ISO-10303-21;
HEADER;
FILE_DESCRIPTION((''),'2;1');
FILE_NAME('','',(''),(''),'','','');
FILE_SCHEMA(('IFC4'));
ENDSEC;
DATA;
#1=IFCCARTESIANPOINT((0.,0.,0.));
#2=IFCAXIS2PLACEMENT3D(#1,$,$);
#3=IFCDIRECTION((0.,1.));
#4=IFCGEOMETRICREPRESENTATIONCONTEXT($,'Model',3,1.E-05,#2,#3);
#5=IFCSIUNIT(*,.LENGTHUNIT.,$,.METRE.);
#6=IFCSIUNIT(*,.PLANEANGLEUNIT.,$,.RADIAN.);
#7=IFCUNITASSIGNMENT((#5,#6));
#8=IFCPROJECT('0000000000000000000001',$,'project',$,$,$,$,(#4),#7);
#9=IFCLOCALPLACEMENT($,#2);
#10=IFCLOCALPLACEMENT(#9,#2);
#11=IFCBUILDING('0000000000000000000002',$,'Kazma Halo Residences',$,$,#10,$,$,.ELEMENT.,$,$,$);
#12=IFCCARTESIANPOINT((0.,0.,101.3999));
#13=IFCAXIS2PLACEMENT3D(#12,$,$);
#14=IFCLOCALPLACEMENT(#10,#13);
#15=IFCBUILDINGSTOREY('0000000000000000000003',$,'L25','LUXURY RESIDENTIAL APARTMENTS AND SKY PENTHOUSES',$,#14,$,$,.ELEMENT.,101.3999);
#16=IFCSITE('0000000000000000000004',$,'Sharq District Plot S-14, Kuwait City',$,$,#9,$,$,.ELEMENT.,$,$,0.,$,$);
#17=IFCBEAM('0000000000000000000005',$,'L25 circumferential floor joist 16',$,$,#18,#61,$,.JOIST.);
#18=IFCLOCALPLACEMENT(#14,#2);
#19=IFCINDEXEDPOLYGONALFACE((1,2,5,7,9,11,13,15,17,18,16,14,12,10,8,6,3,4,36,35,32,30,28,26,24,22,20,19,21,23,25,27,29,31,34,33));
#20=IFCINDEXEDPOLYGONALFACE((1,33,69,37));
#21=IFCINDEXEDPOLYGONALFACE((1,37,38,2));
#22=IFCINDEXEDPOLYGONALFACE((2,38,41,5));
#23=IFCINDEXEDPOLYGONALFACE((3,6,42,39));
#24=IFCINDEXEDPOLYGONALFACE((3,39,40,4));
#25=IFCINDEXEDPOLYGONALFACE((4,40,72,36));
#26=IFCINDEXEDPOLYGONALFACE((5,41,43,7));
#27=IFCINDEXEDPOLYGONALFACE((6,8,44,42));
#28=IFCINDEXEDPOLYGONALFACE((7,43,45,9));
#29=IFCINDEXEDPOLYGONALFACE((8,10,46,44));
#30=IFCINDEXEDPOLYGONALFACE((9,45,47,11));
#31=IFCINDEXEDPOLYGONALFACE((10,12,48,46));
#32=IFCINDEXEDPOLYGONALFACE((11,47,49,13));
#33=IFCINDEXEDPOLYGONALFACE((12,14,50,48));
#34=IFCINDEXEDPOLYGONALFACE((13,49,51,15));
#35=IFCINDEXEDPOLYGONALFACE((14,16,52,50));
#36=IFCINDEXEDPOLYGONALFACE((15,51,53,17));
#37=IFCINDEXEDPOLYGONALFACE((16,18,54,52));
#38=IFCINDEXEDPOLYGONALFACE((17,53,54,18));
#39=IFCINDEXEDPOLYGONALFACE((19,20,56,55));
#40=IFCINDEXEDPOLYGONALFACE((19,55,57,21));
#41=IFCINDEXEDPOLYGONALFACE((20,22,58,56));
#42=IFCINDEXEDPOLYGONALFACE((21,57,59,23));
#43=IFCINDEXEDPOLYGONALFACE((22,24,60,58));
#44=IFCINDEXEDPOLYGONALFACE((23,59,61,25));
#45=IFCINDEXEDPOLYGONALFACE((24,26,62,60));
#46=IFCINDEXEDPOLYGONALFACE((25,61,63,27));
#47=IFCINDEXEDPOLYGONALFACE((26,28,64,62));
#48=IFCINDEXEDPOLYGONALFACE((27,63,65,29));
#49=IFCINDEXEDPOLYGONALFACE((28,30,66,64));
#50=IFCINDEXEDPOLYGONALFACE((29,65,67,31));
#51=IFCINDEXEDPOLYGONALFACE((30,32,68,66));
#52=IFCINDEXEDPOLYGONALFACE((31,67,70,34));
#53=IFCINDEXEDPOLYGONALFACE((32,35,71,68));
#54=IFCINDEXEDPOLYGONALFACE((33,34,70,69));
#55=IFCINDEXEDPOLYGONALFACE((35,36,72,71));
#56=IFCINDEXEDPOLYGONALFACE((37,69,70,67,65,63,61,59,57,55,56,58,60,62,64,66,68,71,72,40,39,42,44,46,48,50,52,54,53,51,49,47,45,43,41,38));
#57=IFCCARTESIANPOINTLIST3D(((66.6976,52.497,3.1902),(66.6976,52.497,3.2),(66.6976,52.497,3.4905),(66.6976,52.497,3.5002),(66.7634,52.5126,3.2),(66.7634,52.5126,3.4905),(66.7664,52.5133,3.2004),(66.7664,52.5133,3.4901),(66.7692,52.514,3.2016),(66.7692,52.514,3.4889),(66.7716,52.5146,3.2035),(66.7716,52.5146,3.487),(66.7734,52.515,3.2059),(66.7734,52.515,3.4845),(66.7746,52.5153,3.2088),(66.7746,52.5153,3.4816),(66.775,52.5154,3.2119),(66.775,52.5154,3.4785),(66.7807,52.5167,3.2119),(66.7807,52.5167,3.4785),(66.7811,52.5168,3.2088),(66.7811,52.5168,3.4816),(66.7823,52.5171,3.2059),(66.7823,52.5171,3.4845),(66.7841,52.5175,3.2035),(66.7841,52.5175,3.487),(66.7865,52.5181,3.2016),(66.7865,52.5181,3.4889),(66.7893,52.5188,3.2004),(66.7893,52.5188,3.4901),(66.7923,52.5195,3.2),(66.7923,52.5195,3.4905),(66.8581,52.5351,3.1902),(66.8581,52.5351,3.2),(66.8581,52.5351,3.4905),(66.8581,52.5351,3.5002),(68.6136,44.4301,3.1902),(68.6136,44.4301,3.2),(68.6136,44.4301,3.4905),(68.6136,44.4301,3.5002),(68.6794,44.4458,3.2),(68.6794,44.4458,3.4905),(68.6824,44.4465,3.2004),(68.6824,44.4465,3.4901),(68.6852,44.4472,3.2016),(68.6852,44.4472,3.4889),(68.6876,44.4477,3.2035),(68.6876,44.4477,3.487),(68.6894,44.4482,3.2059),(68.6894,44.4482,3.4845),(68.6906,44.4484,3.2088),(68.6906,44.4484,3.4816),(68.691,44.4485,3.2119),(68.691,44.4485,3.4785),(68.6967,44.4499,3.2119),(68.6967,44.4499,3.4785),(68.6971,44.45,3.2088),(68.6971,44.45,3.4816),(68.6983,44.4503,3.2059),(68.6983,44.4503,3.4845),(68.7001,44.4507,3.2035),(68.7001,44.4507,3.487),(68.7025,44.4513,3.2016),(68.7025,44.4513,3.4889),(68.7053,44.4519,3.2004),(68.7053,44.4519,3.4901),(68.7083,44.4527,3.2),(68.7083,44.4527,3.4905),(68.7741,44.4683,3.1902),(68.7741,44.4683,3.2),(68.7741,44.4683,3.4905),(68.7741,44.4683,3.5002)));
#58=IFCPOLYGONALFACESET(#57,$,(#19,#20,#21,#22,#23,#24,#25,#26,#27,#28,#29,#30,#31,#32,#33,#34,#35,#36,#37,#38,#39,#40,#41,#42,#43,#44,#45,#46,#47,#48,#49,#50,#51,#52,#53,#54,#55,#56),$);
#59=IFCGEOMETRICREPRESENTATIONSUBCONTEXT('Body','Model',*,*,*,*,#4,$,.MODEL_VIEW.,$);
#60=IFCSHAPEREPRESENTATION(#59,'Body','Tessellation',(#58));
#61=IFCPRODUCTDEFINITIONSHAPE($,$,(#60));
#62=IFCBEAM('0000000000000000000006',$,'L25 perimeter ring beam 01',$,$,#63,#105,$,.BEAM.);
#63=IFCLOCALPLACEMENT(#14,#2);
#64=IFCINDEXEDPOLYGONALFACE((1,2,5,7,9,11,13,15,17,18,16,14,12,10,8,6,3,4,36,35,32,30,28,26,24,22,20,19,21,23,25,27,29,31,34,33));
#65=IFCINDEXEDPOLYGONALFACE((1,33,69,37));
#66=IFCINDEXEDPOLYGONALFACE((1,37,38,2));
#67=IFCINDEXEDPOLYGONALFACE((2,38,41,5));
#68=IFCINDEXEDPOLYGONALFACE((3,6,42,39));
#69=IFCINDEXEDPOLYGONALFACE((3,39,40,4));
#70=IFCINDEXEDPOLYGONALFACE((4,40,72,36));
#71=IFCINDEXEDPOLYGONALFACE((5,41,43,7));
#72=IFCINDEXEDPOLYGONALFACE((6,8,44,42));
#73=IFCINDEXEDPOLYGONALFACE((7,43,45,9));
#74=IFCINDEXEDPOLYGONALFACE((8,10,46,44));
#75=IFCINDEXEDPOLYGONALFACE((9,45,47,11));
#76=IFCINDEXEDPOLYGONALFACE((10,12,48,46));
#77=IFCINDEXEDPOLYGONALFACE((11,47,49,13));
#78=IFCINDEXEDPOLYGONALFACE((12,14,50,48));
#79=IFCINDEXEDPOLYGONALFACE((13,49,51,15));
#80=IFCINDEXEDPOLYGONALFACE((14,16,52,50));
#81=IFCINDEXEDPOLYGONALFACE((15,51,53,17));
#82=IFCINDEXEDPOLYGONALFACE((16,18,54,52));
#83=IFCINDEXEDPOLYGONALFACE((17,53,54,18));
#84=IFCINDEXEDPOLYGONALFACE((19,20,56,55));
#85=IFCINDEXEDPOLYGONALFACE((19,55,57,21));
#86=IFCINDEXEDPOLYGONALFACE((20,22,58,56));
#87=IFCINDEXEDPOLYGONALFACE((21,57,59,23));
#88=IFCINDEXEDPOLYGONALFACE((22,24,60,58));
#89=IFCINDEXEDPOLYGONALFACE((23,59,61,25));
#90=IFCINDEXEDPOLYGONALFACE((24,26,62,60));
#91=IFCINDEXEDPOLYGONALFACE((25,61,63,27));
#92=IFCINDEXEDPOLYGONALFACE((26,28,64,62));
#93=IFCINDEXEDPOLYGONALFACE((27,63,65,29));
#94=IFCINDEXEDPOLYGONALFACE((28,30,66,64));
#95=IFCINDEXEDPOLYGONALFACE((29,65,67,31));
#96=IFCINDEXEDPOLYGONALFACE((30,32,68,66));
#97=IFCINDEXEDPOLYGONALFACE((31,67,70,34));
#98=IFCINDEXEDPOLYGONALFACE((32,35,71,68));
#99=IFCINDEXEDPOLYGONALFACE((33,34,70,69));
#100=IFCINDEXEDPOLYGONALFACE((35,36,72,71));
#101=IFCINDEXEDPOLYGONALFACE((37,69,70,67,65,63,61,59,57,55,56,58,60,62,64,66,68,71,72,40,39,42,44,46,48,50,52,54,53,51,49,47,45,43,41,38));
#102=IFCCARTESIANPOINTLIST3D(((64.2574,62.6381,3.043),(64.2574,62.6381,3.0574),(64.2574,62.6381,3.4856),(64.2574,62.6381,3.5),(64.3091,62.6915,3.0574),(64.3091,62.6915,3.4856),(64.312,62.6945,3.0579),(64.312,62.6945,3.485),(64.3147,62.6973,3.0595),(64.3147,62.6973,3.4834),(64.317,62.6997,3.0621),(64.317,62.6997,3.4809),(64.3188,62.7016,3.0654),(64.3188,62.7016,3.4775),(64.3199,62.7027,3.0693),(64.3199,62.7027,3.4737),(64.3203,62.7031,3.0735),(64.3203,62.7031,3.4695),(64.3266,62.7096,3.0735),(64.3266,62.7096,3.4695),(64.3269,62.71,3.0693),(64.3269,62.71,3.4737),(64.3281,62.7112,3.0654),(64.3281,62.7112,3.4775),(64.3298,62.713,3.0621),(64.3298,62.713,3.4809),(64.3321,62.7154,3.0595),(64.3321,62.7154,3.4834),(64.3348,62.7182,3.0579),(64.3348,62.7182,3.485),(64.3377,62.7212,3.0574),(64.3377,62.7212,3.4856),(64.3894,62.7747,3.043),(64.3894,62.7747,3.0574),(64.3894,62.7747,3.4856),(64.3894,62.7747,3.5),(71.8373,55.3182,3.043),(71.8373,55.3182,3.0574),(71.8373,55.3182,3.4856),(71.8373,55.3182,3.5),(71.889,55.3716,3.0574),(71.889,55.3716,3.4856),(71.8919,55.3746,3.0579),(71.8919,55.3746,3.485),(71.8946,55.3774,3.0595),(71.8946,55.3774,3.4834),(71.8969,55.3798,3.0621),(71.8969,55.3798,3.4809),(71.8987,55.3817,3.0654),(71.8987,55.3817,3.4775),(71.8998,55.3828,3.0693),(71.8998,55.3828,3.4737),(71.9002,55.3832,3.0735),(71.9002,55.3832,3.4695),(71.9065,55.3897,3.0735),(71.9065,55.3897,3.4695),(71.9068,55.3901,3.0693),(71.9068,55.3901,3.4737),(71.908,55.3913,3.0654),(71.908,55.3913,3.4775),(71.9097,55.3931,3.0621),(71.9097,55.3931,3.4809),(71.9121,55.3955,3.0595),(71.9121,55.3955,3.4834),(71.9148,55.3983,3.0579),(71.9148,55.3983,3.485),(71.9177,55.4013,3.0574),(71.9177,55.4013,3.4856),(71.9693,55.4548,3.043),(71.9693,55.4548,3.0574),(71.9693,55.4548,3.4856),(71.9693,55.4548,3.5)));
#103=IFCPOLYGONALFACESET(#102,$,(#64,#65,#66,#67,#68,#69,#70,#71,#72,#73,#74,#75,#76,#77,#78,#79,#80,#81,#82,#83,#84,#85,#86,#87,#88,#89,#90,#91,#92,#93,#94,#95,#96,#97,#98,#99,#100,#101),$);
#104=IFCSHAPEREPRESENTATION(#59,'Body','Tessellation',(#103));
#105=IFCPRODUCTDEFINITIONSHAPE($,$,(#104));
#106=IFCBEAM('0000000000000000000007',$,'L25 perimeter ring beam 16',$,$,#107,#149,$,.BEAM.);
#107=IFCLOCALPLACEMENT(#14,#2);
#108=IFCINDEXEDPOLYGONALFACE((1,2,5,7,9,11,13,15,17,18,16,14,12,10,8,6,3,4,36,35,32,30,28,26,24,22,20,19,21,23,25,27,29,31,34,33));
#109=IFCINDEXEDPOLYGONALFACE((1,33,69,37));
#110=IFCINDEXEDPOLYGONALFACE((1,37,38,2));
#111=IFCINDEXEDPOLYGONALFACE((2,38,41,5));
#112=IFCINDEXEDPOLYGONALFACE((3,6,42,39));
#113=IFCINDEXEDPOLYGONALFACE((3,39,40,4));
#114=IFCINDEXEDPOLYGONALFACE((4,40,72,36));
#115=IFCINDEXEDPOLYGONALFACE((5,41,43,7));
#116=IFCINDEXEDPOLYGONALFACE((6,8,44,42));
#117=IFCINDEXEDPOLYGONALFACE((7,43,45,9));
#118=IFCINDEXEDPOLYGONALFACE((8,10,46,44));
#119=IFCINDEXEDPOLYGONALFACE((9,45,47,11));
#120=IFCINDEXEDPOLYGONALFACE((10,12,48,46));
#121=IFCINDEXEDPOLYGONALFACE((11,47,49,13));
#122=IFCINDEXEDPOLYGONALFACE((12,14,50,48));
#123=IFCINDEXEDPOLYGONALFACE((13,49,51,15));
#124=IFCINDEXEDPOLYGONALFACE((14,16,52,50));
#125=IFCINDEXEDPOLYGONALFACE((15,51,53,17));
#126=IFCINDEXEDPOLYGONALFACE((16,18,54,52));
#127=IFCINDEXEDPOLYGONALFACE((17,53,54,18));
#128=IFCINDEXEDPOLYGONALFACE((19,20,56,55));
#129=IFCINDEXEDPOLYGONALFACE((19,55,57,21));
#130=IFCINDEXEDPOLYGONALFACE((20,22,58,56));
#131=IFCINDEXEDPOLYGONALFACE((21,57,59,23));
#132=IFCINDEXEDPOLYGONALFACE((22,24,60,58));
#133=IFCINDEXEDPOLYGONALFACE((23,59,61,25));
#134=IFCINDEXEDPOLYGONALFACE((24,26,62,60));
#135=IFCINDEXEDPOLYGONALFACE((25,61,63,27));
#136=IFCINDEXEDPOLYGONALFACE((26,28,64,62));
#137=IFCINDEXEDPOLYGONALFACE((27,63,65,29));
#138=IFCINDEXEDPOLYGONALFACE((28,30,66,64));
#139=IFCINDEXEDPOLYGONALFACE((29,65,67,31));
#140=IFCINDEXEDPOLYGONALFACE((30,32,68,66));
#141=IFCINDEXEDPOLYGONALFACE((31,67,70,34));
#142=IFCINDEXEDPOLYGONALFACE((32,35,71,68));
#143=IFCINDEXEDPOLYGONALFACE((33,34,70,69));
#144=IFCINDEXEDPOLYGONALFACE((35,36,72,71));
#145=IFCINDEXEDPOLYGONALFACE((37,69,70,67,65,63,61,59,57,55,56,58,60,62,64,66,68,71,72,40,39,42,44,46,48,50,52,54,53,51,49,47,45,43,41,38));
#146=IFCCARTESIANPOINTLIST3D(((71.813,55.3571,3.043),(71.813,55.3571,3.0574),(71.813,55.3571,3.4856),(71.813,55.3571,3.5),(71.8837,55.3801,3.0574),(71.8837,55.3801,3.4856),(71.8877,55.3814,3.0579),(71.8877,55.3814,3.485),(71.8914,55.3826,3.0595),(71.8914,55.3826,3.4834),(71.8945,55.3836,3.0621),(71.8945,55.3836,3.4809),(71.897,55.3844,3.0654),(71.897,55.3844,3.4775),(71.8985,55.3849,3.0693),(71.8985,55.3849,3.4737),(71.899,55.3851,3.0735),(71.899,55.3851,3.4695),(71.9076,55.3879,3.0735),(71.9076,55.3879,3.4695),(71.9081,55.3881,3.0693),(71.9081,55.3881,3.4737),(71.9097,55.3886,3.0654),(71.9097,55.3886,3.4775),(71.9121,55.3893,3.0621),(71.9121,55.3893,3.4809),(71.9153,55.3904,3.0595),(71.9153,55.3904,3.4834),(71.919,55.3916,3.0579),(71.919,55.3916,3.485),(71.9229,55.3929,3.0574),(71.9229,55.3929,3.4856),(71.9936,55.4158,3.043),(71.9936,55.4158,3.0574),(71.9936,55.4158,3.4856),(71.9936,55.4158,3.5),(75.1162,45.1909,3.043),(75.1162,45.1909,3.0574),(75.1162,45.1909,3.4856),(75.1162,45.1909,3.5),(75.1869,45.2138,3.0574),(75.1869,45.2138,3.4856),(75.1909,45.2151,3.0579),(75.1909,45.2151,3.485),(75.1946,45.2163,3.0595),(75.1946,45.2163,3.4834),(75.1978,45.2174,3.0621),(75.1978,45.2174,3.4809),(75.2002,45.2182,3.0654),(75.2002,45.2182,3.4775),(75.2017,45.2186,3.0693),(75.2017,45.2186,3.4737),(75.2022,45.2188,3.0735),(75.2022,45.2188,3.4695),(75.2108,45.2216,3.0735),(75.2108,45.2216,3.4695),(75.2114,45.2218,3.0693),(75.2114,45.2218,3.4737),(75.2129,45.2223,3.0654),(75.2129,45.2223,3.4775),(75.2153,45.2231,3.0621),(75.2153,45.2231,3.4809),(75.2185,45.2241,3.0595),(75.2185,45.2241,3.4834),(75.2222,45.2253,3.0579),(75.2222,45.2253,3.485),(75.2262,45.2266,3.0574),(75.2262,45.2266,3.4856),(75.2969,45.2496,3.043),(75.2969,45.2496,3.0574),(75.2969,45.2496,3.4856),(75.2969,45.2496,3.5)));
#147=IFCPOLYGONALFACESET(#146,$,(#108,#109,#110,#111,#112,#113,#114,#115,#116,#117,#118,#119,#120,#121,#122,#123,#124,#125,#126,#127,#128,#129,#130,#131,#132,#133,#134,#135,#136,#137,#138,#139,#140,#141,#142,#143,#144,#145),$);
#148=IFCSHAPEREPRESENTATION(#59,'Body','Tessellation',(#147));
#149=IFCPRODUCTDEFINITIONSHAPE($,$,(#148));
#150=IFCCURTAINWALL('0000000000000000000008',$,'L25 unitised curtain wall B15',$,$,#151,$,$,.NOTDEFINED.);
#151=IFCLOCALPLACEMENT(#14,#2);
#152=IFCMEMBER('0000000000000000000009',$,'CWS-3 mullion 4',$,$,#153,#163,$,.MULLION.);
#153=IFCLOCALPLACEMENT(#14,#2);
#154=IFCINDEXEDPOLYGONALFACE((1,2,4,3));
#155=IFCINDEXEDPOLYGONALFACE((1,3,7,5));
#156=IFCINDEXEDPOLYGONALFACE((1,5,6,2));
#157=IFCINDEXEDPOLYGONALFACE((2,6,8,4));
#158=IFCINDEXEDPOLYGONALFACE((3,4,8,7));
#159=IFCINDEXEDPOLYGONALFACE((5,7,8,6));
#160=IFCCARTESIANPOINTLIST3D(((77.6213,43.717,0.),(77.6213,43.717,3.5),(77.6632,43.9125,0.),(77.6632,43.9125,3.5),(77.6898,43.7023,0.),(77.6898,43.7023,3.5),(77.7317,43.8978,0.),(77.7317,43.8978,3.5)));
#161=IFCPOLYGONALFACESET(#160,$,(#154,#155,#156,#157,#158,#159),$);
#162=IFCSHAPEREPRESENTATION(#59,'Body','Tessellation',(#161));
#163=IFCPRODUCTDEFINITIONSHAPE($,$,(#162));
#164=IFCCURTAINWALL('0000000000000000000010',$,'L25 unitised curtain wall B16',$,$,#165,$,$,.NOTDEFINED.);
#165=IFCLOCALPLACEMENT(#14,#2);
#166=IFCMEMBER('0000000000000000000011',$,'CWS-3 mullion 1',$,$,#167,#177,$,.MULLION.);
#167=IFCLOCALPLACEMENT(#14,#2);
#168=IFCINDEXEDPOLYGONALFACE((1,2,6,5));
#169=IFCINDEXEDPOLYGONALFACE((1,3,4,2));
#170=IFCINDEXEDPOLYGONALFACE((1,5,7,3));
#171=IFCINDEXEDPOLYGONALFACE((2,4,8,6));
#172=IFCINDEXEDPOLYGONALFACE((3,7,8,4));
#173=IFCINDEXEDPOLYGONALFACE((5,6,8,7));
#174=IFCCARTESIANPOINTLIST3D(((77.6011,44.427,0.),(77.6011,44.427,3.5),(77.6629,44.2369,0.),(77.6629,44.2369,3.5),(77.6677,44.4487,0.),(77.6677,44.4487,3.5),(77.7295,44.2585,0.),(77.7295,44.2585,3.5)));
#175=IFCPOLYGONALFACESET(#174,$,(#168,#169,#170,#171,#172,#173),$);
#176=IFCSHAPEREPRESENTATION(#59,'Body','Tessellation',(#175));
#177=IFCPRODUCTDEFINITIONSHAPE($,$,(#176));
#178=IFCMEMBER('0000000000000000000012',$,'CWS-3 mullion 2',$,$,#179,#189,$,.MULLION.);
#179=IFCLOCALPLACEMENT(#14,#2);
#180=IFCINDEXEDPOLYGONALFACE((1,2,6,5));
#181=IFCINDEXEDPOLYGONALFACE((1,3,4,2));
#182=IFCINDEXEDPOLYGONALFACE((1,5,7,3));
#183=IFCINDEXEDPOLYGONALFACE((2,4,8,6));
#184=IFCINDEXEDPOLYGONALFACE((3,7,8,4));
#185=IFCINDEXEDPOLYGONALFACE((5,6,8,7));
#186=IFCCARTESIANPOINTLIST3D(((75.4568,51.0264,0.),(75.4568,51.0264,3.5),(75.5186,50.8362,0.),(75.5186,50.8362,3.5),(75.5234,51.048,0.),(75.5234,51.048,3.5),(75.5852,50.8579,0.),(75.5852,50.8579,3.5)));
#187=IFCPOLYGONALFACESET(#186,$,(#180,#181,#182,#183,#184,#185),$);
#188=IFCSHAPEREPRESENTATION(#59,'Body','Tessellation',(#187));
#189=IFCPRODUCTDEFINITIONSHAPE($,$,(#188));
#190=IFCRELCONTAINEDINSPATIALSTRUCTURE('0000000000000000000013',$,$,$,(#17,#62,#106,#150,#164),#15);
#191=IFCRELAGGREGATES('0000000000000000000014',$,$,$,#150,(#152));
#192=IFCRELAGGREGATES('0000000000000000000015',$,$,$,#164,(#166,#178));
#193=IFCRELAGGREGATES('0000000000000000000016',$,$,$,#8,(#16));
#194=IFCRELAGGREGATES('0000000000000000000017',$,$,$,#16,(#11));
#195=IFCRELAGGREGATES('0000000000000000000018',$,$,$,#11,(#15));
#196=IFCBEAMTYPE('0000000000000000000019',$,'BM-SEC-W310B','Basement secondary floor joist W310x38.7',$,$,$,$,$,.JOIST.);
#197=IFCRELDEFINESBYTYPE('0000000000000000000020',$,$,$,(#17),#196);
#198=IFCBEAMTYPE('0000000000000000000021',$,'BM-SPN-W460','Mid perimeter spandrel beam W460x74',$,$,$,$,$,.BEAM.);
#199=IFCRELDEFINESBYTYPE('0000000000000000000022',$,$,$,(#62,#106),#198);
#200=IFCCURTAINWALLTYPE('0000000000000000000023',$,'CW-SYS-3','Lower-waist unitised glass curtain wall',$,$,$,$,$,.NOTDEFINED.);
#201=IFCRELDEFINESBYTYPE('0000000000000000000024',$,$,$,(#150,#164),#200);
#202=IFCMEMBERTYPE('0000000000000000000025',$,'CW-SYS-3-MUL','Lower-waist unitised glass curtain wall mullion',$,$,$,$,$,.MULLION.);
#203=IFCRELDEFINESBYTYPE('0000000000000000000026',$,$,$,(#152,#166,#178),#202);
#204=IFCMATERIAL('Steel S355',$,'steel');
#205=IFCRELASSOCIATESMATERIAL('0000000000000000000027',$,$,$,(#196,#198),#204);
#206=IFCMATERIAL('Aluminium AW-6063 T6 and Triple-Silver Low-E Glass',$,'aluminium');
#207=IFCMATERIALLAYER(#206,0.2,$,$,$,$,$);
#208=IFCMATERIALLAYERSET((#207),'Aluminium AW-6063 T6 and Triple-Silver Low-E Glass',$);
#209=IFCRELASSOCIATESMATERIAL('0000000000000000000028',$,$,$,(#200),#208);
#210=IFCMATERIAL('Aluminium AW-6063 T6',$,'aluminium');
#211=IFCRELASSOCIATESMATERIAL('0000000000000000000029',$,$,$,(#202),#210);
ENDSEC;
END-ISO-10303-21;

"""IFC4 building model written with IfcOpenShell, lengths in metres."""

from ifc_helpers import new_model, si_unit, direction, frame, origin, origin_2d, place, context, subcontext, project, spatial, rectangle, i_section, extrude, material, layer, layer_set, material_profile, profile_set, type_object, element, aggregate, save


model = new_model("IFC4")

# Units and contexts
model_context = context("Model", 3, precision=1e-05, world=origin(), true_north=direction((0.0, 1.0)))
body_context = subcontext(model_context, "Body", "Model", "MODEL_VIEW")
ifc_project = project(units=[si_unit("LENGTHUNIT", "METRE"), si_unit("PLANEANGLEUNIT", "RADIAN")], contexts=[model_context])

# Site, building, storey
site_placement = place(None, origin())
site = spatial("IfcSite", under=ifc_project, at=site_placement, Name="Sharq District Plot S-14, Kuwait City", CompositionType="ELEMENT", RefElevation=0.0)
building_placement = place(site_placement, origin())
building = spatial("IfcBuilding", under=site, at=building_placement, Name="Kazma Halo Residences", CompositionType="ELEMENT")
storey_placement = place(building_placement, frame((0.0, 0.0, 101.3999)))
storey = spatial("IfcBuildingStorey", under=building, at=storey_placement, Name="L25", Description="LUXURY RESIDENTIAL APARTMENTS AND SKY PENTHOUSES", CompositionType="ELEMENT", Elevation=101.3999)

# Beams
ifc_material_1 = material(Name="Steel S355", Category="steel")
ifc_material_profile_1 = material_profile(ifc_material_1, i_section(OverallWidth=0.165, OverallDepth=0.3101, WebThickness=0.0059, FlangeThickness=0.0098, FilletRadius=0.012, at=origin_2d()), Name="W310x38.7")
ifc_profile_set_1 = profile_set([ifc_material_profile_1], Name="Steel S355")
beam_type_1 = type_object("IfcBeamType", Name="BM-SEC-W310B", Description="Basement secondary floor joist W310x38.7", PredefinedType="JOIST", material=ifc_profile_set_1)
beam_1_placement = place(storey_placement, frame((68.6938, 44.4492, 3.3452), z_axis=(-0.231087, 0.972933, 0.0), x_axis=(-0.972933, -0.231087, 0.0)))
element("IfcBeam", 1, at=beam_1_placement, inside=storey, type_object=beam_type_1, Name="L25 circumferential floor joist 16", PredefinedType="JOIST", context=body_context, shape_type="SweptSolid", body=[
    extrude(i_section(OverallWidth=0.165, OverallDepth=0.3101, WebThickness=0.0059, FlangeThickness=0.0098, FilletRadius=0.012, at=origin_2d()), origin(), (0.0, 0.0, 1.0), 8.2913),
])
ifc_material_profile_2 = material_profile(ifc_material_1, i_section(OverallWidth=0.1899, OverallDepth=0.457, WebThickness=0.009, FlangeThickness=0.0144, FilletRadius=0.0161, at=origin_2d()), Name="W460x74")
ifc_profile_set_2 = profile_set([ifc_material_profile_2], Name="Steel S355")
beam_type_2 = type_object("IfcBeamType", Name="BM-SPN-W460", Description="Mid perimeter spandrel beam W460x74", PredefinedType="BEAM", material=ifc_profile_set_2)
beam_2_placement = place(storey_placement, frame((71.9033, 55.3865, 3.2715), z_axis=(-0.719337, 0.694661, 0.0), x_axis=(-0.694661, -0.719337, 0.0)))
element("IfcBeam", 2, at=beam_2_placement, inside=storey, type_object=beam_type_2, Name="L25 perimeter ring beam 01", PredefinedType="BEAM", context=body_context, shape_type="SweptSolid", body=[
    extrude(i_section(OverallWidth=0.1899, OverallDepth=0.457, WebThickness=0.009, FlangeThickness=0.0144, FilletRadius=0.0161, at=origin_2d()), origin(), (0.0, 0.0, 1.0), 10.5374),
])
beam_3_placement = place(storey_placement, frame((75.2065, 45.2202, 3.2715), z_axis=(-0.309017, 0.951056, 0.0), x_axis=(-0.951056, -0.309017, 0.0)))
element("IfcBeam", 3, at=beam_3_placement, inside=storey, type_object=beam_type_2, Name="L25 perimeter ring beam 16", PredefinedType="BEAM", context=body_context, shape_type="SweptSolid", body=[
    extrude(i_section(OverallWidth=0.1899, OverallDepth=0.457, WebThickness=0.009, FlangeThickness=0.0144, FilletRadius=0.0161, at=origin_2d()), origin(), (0.0, 0.0, 1.0), 10.6895),
])

# Curtain wall, member
ifc_material_2 = material(Name="Aluminium AW-6063 T6 and Triple-Silver Low-E Glass", Category="aluminium")
ifc_layer_1 = layer(ifc_material_2, 0.2)
ifc_layer_set_1 = layer_set([ifc_layer_1], Name="Aluminium AW-6063 T6 and Triple-Silver Low-E Glass")
curtain_wall_type = type_object("IfcCurtainWallType", Name="CW-SYS-3", Description="Lower-waist unitised glass curtain wall", PredefinedType="NOTDEFINED", material=ifc_layer_set_1)
curtain_wall_1_placement = place(storey_placement, origin())
curtain_wall_1 = element("IfcCurtainWall", 4, at=curtain_wall_1_placement, inside=storey, type_object=curtain_wall_type, Name="L25 unitised curtain wall B15", PredefinedType="NOTDEFINED")
ifc_material_3 = material(Name="Aluminium AW-6063 T6", Category="aluminium")
ifc_material_profile_3 = material_profile(ifc_material_3, rectangle(XDim=0.0701, YDim=0.2, at=origin_2d()), Name="CWM-70x200")
ifc_profile_set_3 = profile_set([ifc_material_profile_3], Name="Aluminium AW-6063 T6")
member_type_1 = type_object("IfcMemberType", Name="CW-SYS-3-MUL", Description="Lower-waist unitised glass curtain wall mullion", PredefinedType="MULLION", material=ifc_profile_set_3)
member_1_placement = place(storey_placement, frame((77.6765, 43.8074, 0.0), z_axis=(0.0, 0.0, 1.0), x_axis=(-0.977774, 0.209661, 0.0)))
member_1 = element("IfcMember", 5, at=member_1_placement, type_object=member_type_1, Name="CWS-3 mullion 4", PredefinedType="MULLION", context=body_context, shape_type="SweptSolid", body=[
    extrude(rectangle(XDim=0.0701, YDim=0.2, at=origin_2d()), origin(), (0.0, 0.0, 1.0), 3.5),
])
aggregate(curtain_wall_1, [member_1])

# Curtain wall, members
curtain_wall_2_placement = place(storey_placement, origin())
curtain_wall_2 = element("IfcCurtainWall", 6, at=curtain_wall_2_placement, inside=storey, type_object=curtain_wall_type, Name="L25 unitised curtain wall B16", PredefinedType="NOTDEFINED")
member_2_placement = place(storey_placement, frame((77.6653, 44.3428, 0.0), z_axis=(0.0, 0.0, 1.0), x_axis=(-0.951058, -0.309013, 0.0)))
member_2 = element("IfcMember", 7, at=member_2_placement, type_object=member_type_1, Name="CWS-3 mullion 1", PredefinedType="MULLION", context=body_context, shape_type="SweptSolid", body=[
    extrude(rectangle(XDim=0.0701, YDim=0.2, at=origin_2d()), origin(), (0.0, 0.0, 1.0), 3.5),
])
member_3_placement = place(storey_placement, frame((75.521, 50.9421, 0.0), z_axis=(0.0, 0.0, 1.0), x_axis=(-0.951058, -0.309013, 0.0)))
member_3 = element("IfcMember", 8, at=member_3_placement, type_object=member_type_1, Name="CWS-3 mullion 2", PredefinedType="MULLION", context=body_context, shape_type="SweptSolid", body=[
    extrude(rectangle(XDim=0.0701, YDim=0.2, at=origin_2d()), origin(), (0.0, 0.0, 1.0), 3.5),
])
aggregate(curtain_wall_2, [member_2, member_3])

save(model, "model.ifc")
